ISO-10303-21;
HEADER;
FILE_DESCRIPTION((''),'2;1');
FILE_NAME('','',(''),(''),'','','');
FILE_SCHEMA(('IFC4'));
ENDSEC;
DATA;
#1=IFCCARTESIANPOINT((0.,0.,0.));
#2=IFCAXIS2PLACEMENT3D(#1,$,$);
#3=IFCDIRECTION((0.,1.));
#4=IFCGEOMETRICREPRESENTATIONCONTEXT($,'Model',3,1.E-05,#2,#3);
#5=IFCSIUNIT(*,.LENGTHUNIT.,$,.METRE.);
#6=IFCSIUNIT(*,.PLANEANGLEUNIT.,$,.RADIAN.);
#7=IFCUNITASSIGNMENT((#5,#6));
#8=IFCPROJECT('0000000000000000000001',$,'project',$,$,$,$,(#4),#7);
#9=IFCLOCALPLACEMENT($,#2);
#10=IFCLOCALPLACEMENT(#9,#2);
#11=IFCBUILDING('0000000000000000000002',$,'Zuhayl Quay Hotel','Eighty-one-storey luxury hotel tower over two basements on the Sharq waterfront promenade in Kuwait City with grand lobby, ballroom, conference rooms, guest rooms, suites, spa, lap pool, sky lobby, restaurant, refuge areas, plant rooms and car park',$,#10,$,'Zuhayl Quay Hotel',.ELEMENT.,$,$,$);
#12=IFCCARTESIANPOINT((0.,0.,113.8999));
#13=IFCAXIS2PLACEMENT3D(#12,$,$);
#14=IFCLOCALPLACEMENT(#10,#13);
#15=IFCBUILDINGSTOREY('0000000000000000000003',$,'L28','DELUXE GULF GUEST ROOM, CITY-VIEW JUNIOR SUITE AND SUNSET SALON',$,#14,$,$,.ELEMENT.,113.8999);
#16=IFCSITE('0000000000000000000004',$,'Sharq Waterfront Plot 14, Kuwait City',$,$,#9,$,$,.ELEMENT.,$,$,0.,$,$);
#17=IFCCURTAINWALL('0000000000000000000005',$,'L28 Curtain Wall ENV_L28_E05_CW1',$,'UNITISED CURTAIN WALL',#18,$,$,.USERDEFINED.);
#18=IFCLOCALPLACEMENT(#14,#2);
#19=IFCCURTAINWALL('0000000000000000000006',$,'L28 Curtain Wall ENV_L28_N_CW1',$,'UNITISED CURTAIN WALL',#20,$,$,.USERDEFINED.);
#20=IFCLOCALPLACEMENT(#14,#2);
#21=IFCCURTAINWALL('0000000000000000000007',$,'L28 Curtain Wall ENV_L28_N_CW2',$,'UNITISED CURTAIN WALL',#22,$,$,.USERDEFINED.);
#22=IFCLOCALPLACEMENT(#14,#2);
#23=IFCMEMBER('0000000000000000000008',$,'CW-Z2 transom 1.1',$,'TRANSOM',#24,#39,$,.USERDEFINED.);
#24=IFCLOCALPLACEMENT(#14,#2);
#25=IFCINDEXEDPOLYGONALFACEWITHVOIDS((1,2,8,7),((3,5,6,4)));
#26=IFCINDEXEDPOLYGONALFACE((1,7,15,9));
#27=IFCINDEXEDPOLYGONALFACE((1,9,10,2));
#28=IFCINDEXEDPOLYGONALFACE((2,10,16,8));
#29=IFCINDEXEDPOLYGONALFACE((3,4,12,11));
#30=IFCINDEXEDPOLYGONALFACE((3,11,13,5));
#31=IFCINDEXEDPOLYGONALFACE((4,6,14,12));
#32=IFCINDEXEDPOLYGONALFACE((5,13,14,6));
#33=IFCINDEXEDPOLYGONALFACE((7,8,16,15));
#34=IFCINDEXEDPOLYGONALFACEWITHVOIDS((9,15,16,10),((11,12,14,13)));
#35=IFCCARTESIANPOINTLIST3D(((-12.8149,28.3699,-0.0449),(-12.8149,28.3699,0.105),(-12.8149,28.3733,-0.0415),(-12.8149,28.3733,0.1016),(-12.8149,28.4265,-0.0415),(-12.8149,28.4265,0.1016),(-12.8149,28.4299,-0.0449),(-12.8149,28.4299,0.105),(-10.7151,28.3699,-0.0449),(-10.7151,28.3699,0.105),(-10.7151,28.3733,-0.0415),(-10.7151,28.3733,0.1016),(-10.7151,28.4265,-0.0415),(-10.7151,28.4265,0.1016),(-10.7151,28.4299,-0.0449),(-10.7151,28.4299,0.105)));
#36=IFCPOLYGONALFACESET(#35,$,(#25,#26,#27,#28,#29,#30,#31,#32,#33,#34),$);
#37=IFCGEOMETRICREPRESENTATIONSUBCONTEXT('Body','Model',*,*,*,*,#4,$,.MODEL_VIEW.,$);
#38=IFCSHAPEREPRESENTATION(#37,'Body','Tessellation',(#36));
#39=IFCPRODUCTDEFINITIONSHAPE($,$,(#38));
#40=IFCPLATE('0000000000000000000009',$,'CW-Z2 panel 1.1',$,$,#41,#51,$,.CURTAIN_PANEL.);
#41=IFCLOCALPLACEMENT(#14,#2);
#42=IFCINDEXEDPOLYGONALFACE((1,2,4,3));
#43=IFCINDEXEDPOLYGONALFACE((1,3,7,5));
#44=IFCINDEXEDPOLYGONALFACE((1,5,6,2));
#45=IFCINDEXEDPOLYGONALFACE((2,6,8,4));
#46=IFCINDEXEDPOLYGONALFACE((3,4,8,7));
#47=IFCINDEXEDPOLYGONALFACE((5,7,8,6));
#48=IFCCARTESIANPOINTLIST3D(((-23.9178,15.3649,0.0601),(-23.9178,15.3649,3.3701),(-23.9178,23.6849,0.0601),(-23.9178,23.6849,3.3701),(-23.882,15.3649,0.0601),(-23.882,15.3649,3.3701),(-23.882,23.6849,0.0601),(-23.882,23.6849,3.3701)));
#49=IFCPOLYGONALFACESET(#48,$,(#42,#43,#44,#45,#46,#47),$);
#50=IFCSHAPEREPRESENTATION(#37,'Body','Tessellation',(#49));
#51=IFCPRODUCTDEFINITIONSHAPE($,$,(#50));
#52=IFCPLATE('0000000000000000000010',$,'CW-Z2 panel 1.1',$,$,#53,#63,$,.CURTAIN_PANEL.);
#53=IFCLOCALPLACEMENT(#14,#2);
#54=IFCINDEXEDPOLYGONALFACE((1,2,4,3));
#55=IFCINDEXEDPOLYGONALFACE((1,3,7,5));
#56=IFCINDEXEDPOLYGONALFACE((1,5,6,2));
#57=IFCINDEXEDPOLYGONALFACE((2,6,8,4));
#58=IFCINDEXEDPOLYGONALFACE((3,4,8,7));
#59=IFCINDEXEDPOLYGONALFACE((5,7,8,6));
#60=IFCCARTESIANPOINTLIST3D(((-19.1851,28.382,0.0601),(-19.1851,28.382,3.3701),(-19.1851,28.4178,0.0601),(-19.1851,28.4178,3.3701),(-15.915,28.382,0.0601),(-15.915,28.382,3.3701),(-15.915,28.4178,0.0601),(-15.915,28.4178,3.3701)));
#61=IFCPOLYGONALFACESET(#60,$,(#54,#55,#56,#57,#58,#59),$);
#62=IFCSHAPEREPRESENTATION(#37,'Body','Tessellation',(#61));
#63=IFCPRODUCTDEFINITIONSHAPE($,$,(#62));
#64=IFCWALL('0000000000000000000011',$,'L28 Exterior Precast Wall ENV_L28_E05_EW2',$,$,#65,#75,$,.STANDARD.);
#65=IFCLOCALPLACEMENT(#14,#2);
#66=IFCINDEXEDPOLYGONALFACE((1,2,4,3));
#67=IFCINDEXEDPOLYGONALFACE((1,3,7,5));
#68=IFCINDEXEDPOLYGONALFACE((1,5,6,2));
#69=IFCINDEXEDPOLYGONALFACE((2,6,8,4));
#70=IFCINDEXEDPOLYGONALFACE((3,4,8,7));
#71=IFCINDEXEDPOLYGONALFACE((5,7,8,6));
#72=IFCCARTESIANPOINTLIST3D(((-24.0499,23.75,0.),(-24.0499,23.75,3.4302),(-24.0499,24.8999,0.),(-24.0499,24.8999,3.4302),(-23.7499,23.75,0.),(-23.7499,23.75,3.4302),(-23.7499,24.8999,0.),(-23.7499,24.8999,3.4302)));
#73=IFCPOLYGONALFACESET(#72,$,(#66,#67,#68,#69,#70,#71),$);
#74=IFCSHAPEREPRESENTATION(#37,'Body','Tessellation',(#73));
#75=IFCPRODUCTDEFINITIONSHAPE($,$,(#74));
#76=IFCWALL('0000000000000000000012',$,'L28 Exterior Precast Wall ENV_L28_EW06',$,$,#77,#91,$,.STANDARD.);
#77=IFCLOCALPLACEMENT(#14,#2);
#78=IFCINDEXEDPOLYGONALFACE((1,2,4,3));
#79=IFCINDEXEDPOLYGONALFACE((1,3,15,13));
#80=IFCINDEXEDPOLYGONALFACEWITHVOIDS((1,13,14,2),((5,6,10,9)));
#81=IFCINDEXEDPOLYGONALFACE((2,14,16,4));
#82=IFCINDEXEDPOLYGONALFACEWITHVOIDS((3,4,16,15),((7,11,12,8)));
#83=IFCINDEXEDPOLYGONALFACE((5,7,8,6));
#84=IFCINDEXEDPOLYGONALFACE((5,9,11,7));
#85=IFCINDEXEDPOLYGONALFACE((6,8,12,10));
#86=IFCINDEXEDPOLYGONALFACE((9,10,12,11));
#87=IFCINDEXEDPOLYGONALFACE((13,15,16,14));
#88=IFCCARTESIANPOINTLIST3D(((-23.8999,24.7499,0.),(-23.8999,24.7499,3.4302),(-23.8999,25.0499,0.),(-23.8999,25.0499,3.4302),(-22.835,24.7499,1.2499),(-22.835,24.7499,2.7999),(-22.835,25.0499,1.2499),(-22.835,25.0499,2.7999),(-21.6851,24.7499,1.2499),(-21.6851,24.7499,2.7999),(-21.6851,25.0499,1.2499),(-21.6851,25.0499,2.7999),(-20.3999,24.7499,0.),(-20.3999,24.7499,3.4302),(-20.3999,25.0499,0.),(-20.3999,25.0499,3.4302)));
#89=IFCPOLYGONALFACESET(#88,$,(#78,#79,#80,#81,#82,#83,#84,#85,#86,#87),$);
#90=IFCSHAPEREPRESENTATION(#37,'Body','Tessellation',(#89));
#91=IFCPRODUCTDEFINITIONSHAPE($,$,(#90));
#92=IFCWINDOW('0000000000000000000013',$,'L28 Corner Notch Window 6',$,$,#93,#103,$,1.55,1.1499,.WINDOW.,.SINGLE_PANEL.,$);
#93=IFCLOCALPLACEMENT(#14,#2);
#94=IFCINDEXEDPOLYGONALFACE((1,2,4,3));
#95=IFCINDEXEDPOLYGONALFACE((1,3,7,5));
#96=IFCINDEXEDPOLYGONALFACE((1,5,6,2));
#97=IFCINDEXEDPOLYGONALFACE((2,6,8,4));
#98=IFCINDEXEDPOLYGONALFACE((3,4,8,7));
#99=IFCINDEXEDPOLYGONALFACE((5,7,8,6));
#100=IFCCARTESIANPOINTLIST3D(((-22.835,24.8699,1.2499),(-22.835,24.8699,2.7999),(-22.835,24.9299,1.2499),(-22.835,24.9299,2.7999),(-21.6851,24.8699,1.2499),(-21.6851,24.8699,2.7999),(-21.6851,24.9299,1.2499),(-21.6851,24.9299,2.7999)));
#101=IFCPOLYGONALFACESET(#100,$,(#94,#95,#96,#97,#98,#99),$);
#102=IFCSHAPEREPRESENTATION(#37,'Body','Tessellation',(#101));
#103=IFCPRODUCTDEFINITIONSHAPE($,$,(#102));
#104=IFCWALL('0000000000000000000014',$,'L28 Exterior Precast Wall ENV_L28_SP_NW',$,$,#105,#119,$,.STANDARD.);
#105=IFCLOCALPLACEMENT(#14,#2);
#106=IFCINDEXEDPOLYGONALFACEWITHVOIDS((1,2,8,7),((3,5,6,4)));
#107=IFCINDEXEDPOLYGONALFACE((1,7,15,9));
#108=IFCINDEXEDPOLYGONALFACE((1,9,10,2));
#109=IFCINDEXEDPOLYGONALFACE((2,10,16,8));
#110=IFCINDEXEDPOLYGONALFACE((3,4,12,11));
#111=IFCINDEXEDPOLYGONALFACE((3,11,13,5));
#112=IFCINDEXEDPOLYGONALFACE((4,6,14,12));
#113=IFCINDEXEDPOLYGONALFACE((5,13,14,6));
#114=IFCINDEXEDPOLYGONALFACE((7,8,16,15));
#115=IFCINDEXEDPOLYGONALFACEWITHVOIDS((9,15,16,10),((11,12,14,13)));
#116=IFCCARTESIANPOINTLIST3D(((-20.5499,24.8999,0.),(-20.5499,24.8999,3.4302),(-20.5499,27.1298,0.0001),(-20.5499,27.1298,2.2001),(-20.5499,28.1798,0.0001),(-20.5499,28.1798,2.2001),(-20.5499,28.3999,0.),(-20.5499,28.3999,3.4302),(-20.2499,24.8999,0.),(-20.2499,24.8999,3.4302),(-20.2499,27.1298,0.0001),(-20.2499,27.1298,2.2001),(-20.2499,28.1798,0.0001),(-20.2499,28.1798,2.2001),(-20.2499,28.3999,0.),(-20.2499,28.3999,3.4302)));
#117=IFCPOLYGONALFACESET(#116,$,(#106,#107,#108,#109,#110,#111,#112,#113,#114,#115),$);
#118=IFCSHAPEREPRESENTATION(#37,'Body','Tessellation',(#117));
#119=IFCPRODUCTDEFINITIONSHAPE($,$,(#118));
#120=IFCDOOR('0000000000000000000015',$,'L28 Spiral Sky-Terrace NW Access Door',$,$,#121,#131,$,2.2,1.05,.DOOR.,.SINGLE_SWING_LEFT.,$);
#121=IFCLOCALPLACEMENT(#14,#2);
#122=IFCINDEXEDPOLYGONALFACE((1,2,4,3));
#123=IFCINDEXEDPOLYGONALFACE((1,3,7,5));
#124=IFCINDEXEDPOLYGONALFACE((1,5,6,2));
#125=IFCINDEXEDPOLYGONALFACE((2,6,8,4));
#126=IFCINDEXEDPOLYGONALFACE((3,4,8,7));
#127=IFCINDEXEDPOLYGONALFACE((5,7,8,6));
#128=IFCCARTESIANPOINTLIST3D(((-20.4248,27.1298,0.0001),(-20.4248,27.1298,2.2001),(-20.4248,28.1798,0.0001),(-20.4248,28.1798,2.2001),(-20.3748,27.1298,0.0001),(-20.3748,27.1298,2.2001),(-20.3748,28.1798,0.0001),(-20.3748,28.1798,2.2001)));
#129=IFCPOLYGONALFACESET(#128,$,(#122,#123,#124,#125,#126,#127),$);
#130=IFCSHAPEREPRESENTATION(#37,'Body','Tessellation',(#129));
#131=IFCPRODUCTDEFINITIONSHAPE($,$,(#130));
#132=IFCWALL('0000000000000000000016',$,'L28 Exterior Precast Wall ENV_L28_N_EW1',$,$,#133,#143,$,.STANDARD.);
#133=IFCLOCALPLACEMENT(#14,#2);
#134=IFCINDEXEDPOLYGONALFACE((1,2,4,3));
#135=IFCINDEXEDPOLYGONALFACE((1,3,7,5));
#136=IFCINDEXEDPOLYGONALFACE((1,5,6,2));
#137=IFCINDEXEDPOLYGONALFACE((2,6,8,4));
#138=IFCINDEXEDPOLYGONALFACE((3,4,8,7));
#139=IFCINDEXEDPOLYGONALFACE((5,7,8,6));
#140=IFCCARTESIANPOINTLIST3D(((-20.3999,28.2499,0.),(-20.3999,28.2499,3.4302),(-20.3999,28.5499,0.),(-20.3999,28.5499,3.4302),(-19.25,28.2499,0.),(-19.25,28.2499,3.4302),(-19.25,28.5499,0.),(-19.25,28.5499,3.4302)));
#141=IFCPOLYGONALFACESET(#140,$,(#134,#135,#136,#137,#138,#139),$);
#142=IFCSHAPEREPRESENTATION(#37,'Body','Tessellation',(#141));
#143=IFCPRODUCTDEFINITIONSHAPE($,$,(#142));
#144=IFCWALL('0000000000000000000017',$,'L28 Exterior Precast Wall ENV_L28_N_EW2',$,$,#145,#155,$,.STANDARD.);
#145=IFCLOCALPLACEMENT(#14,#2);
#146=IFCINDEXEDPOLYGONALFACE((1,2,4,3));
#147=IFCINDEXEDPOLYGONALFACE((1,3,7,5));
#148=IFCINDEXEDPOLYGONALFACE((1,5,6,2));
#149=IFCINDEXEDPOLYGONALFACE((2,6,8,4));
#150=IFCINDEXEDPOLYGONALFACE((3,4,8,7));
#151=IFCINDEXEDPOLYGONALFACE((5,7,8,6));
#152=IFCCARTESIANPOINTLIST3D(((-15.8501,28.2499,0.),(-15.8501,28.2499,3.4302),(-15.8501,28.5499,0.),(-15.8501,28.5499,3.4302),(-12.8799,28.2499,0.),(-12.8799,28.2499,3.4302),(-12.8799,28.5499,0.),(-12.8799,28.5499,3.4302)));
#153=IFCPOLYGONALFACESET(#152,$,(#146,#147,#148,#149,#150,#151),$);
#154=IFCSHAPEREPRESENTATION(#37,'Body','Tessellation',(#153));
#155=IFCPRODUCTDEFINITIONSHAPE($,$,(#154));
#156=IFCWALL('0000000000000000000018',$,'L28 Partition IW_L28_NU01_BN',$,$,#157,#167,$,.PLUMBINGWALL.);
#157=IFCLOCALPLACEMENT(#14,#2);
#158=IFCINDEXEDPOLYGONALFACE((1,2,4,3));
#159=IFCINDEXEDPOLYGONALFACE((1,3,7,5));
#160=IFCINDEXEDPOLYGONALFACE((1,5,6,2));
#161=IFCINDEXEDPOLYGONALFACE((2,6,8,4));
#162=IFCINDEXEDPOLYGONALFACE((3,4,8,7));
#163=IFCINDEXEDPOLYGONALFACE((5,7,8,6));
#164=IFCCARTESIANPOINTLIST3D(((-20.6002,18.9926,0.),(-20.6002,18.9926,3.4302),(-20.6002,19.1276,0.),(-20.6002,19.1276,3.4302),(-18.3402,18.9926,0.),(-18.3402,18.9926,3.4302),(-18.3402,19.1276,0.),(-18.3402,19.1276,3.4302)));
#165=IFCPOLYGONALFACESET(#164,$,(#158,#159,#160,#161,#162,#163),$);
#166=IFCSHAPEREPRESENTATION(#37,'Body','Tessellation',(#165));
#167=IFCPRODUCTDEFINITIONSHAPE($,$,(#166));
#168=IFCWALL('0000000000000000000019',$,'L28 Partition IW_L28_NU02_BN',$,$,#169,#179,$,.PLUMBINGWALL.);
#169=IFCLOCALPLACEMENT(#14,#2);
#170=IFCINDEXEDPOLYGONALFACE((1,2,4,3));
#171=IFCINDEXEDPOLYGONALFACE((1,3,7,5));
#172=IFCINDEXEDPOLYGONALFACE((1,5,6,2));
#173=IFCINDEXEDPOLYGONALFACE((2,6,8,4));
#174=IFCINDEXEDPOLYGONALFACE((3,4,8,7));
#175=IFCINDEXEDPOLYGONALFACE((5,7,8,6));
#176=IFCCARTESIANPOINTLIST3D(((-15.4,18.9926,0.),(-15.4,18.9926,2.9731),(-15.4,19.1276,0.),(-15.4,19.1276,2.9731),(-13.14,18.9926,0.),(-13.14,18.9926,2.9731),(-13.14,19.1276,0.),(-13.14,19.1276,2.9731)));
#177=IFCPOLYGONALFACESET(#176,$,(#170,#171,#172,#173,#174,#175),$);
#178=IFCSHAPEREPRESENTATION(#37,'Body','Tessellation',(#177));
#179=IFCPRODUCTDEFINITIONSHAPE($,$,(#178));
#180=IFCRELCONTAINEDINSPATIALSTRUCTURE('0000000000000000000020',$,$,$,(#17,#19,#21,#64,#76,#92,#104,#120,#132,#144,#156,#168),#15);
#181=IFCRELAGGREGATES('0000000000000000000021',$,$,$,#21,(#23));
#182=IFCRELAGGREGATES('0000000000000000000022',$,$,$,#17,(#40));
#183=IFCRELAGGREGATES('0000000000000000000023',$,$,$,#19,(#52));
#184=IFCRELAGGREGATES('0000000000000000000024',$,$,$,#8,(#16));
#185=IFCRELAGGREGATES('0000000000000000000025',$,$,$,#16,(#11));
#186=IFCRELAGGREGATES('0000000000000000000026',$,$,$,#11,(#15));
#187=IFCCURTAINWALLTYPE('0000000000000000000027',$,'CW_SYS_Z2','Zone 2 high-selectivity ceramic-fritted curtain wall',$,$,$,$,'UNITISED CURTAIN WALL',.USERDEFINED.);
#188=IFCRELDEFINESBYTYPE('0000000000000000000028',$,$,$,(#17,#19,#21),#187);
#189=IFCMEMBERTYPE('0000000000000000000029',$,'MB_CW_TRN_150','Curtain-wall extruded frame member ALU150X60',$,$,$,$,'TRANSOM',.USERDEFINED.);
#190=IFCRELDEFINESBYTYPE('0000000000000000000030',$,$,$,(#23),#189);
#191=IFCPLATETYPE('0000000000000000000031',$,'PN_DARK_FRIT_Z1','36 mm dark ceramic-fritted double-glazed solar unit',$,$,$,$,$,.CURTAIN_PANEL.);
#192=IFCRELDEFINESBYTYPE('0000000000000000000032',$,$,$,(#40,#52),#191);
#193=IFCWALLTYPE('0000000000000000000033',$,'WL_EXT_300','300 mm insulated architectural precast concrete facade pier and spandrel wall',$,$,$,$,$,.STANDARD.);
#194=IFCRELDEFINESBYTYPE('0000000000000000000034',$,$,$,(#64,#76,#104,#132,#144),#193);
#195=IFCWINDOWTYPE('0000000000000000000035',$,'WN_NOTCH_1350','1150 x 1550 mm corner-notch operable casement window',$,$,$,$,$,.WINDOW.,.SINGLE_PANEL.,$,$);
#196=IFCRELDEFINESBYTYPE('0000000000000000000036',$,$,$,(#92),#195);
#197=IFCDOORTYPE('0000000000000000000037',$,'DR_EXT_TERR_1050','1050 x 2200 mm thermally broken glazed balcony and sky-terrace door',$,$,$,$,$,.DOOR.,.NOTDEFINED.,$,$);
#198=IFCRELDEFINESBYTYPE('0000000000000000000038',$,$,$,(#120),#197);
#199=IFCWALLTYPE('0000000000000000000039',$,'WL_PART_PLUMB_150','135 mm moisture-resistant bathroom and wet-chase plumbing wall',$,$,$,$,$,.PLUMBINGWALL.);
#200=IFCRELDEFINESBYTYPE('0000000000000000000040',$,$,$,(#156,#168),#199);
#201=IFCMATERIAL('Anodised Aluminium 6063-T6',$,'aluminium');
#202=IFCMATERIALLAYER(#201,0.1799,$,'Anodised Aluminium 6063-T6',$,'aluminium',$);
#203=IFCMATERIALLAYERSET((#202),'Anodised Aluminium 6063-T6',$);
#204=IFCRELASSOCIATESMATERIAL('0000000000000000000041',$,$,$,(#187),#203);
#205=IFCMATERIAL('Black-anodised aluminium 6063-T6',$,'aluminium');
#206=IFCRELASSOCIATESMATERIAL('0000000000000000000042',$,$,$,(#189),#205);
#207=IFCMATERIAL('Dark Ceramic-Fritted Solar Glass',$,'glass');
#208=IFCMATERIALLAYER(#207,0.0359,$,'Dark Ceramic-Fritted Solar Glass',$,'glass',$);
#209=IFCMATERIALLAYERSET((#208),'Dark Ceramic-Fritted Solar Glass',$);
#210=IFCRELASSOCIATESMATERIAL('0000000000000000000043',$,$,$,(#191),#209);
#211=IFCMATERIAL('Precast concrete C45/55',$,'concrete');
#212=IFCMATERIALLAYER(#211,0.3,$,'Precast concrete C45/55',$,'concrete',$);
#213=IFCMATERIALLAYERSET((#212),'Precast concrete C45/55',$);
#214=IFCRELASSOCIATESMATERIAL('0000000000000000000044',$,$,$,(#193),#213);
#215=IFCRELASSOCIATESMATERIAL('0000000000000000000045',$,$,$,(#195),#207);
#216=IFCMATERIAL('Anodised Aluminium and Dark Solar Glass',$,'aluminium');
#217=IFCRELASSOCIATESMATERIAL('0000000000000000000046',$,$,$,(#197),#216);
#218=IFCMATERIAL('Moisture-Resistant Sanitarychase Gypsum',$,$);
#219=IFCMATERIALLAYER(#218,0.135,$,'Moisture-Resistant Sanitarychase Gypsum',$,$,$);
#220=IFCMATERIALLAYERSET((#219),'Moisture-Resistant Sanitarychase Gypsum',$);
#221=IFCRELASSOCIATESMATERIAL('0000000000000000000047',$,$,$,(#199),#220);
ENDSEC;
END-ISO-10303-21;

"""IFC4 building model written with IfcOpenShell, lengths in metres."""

from ifc_helpers import new_model, si_unit, direction, frame, frame_2d, origin, origin_2d, place, context, subcontext, project, spatial, rectangle, hollow_rectangle, extrude, material, layer, layer_set, material_profile, profile_set, type_object, element, fill, aggregate, save


model = new_model("IFC4")

# Units and contexts
model_context = context("Model", 3, precision=1e-05, world=origin(), true_north=direction((0.0, 1.0)))
body_context = subcontext(model_context, "Body", "Model", "MODEL_VIEW")
ifc_project = project(units=[si_unit("LENGTHUNIT", "METRE"), si_unit("PLANEANGLEUNIT", "RADIAN")], contexts=[model_context])

# Site, building, storey
site_placement = place(None, origin())
site = spatial("IfcSite", under=ifc_project, at=site_placement, Name="Sharq Waterfront Plot 14, Kuwait City", CompositionType="ELEMENT", RefElevation=0.0)
building_placement = place(site_placement, origin())
building = spatial("IfcBuilding", under=site, at=building_placement, Name="Zuhayl Quay Hotel", Description="Eighty-one-storey luxury hotel tower over two basements on the Sharq waterfront promenade in Kuwait City with grand lobby, ballroom, conference rooms, guest rooms, suites, spa, lap pool, sky lobby, restaurant, refuge areas, plant rooms and car park", LongName="Zuhayl Quay Hotel", CompositionType="ELEMENT")
storey_placement = place(building_placement, frame((0.0, 0.0, 113.8999)))
storey = spatial("IfcBuildingStorey", under=building, at=storey_placement, Name="L28", Description="DELUXE GULF GUEST ROOM, CITY-VIEW JUNIOR SUITE AND SUNSET SALON", CompositionType="ELEMENT", Elevation=113.8999)

# Curtain wall
ifc_material_1 = material(Name="Anodised Aluminium 6063-T6", Category="aluminium")
ifc_layer_1 = layer(ifc_material_1, 0.1799, Name="Anodised Aluminium 6063-T6", Category="aluminium")
ifc_layer_set_1 = layer_set([ifc_layer_1], Name="Anodised Aluminium 6063-T6")
curtain_wall_type = type_object("IfcCurtainWallType", Name="CW_SYS_Z2", Description="Zone 2 high-selectivity ceramic-fritted curtain wall", ElementType="UNITISED CURTAIN WALL", PredefinedType="USERDEFINED", material=ifc_layer_set_1)
curtain_wall_1_placement = place(storey_placement, origin())
curtain_wall_1 = element("IfcCurtainWall", 1, at=curtain_wall_1_placement, inside=storey, type_object=curtain_wall_type, Name="L28 Curtain Wall ENV_L28_E05_CW1", ObjectType="UNITISED CURTAIN WALL", PredefinedType="USERDEFINED")
ifc_material_2 = material(Name="Black-anodised aluminium 6063-T6", Category="aluminium")

# Curtain wall
curtain_wall_2_placement = place(storey_placement, origin())
curtain_wall_2 = element("IfcCurtainWall", 2, at=curtain_wall_2_placement, inside=storey, type_object=curtain_wall_type, Name="L28 Curtain Wall ENV_L28_N_CW1", ObjectType="UNITISED CURTAIN WALL", PredefinedType="USERDEFINED")

# Curtain wall
curtain_wall_3_placement = place(storey_placement, origin())
curtain_wall_3 = element("IfcCurtainWall", 3, at=curtain_wall_3_placement, inside=storey, type_object=curtain_wall_type, Name="L28 Curtain Wall ENV_L28_N_CW2", ObjectType="UNITISED CURTAIN WALL", PredefinedType="USERDEFINED")

# Member
ifc_material_profile_1 = material_profile(ifc_material_2, hollow_rectangle(XDim=0.0601, YDim=0.1499, WallThickness=0.0034, at=origin_2d()), Name="ALU150X60")
ifc_profile_set_1 = profile_set([ifc_material_profile_1], Name="Black-anodised aluminium 6063-T6")
member_type_1 = type_object("IfcMemberType", Name="MB_CW_TRN_150", Description="Curtain-wall extruded frame member ALU150X60", ElementType="TRANSOM", PredefinedType="USERDEFINED", material=ifc_profile_set_1)
member_1_placement = place(storey_placement, frame((-12.8149, 28.3999, 0.03), z_axis=(1.0, 0.0, 0.0), x_axis=(0.0, 1.0, 0.0)))
member_1 = element("IfcMember", 4, at=member_1_placement, type_object=member_type_1, Name="CW-Z2 transom 1.1", ObjectType="TRANSOM", PredefinedType="USERDEFINED", context=body_context, shape_type="SweptSolid", body=[
    extrude(hollow_rectangle(XDim=0.0601, YDim=0.1499, WallThickness=0.0034, at=origin_2d()), origin(), (0.0, 0.0, 1.0), 2.0999),
])
aggregate(curtain_wall_3, [member_1])

# Plates
ifc_material_3 = material(Name="Dark Ceramic-Fritted Solar Glass", Category="glass")
ifc_layer_2 = layer(ifc_material_3, 0.0359, Name="Dark Ceramic-Fritted Solar Glass", Category="glass")
ifc_layer_set_2 = layer_set([ifc_layer_2], Name="Dark Ceramic-Fritted Solar Glass")
plate_type = type_object("IfcPlateType", Name="PN_DARK_FRIT_Z1", Description="36 mm dark ceramic-fritted double-glazed solar unit", PredefinedType="CURTAIN_PANEL", material=ifc_layer_set_2)
plate_1_placement = place(storey_placement, frame((-23.8999, 19.5249, 0.0601), z_axis=(0.0, 0.0, 1.0), x_axis=(0.0, 1.0, 0.0)))
plate_1 = element("IfcPlate", 5, at=plate_1_placement, type_object=plate_type, Name="CW-Z2 panel 1.1", PredefinedType="CURTAIN_PANEL", context=body_context, shape_type="SweptSolid", body=[
    extrude(rectangle(XDim=8.3201, YDim=0.0359, at=origin_2d()), origin(), (0.0, 0.0, 1.0), 3.3101),
])
aggregate(curtain_wall_1, [plate_1])
plate_2_placement = place(storey_placement, frame((-17.55, 28.3999, 0.0601), z_axis=(0.0, 0.0, 1.0), x_axis=(1.0, 0.0, 0.0)))
plate_2 = element("IfcPlate", 6, at=plate_2_placement, type_object=plate_type, Name="CW-Z2 panel 1.1", PredefinedType="CURTAIN_PANEL", context=body_context, shape_type="SweptSolid", body=[
    extrude(rectangle(XDim=3.27, YDim=0.0359, at=origin_2d()), origin(), (0.0, 0.0, 1.0), 3.3101),
])
aggregate(curtain_wall_2, [plate_2])

# Wall
ifc_material_4 = material(Name="Precast concrete C45/55", Category="concrete")
ifc_layer_3 = layer(ifc_material_4, 0.3, Name="Precast concrete C45/55", Category="concrete")
ifc_layer_set_3 = layer_set([ifc_layer_3], Name="Precast concrete C45/55")
wall_type_1 = type_object("IfcWallType", Name="WL_EXT_300", Description="300 mm insulated architectural precast concrete facade pier and spandrel wall", PredefinedType="STANDARD", material=ifc_layer_set_3)
wall_1_placement = place(storey_placement, frame((-23.8999, 23.75, 0.0), z_axis=(0.0, 0.0, 1.0), x_axis=(0.0, 1.0, 0.0)))
element("IfcWall", 7, at=wall_1_placement, inside=storey, type_object=wall_type_1, Name="L28 Exterior Precast Wall ENV_L28_E05_EW2", PredefinedType="STANDARD", context=body_context, shape_type="SweptSolid", body=[
    extrude(rectangle(XDim=1.1499, YDim=0.3, at=frame_2d((0.575, 0.0))), origin(), (0.0, 0.0, 1.0), 3.4302),
])

# Wall, opening, window
wall_2_placement = place(storey_placement, frame((-23.8999, 24.8999, 0.0), z_axis=(0.0, 0.0, 1.0), x_axis=(1.0, 0.0, 0.0)))
wall_2 = element("IfcWall", 8, at=wall_2_placement, inside=storey, type_object=wall_type_1, Name="L28 Exterior Precast Wall ENV_L28_EW06", PredefinedType="STANDARD", context=body_context, shape_type="SweptSolid", body=[
    extrude(rectangle(XDim=3.5, YDim=0.3, at=frame_2d((1.75, 0.0))), origin(), (0.0, 0.0, 1.0), 3.4302),
])
opening_1_placement = place(wall_2_placement, frame((1.0649, 0.0, 1.25)))
opening_1 = element("IfcOpeningElement", 9, at=opening_1_placement, cuts=wall_2, PredefinedType="OPENING", context=body_context, shape_type="SweptSolid", body=[
    extrude(rectangle(XDim=1.1499, YDim=1.55, at=frame_2d((0.575, 0.7749))), frame((0.0, 0.1599, 0.0), z_axis=(0.0, -1.0, 0.0), x_axis=(1.0, 0.0, 0.0)), (0.0, 0.0, 1.0), 0.3201),
])
window_type = type_object("IfcWindowType", Name="WN_NOTCH_1350", Description="1150 x 1550 mm corner-notch operable casement window", PartitioningType="SINGLE_PANEL", PredefinedType="WINDOW", material=ifc_material_3)
window_placement = place(opening_1_placement, origin())
window = element("IfcWindow", 10, at=window_placement, inside=storey, type_object=window_type, Name="L28 Corner Notch Window 6", OverallHeight=1.55, OverallWidth=1.1499, PartitioningType="SINGLE_PANEL", PredefinedType="WINDOW", context=body_context, shape_type="SweptSolid", body=[
    extrude(rectangle(XDim=1.1499, YDim=1.55, at=frame_2d((0.575, 0.7749))), frame((0.0, 0.03, 0.0), z_axis=(0.0, -1.0, 0.0), x_axis=(1.0, 0.0, 0.0)), (0.0, 0.0, 1.0), 0.0601),
])
fill(opening_1, window)

# Wall, opening, door
wall_3_placement = place(storey_placement, frame((-20.3999, 24.8999, 0.0), z_axis=(0.0, 0.0, 1.0), x_axis=(0.0, 1.0, 0.0)))
wall_3 = element("IfcWall", 11, at=wall_3_placement, inside=storey, type_object=wall_type_1, Name="L28 Exterior Precast Wall ENV_L28_SP_NW", PredefinedType="STANDARD", context=body_context, shape_type="SweptSolid", body=[
    extrude(rectangle(XDim=3.5, YDim=0.3, at=frame_2d((1.75, 0.0))), origin(), (0.0, 0.0, 1.0), 3.4302),
])
opening_2_placement = place(wall_3_placement, frame((2.23, 0.0, 0.0)))
opening_2 = element("IfcOpeningElement", 12, at=opening_2_placement, cuts=wall_3, PredefinedType="OPENING", context=body_context, shape_type="SweptSolid", body=[
    extrude(rectangle(XDim=1.05, YDim=2.2, at=frame_2d((0.5249, 1.1001))), frame((0.0, 0.1599, 0.0), z_axis=(0.0, -1.0, 0.0), x_axis=(1.0, 0.0, 0.0)), (0.0, 0.0, 1.0), 0.3201),
])
ifc_material_5 = material(Name="Anodised Aluminium and Dark Solar Glass", Category="aluminium")
door_type = type_object("IfcDoorType", Name="DR_EXT_TERR_1050", Description="1050 x 2200 mm thermally broken glazed balcony and sky-terrace door", OperationType="NOTDEFINED", PredefinedType="DOOR", material=ifc_material_5)
door_placement = place(opening_2_placement, origin())
door = element("IfcDoor", 13, at=door_placement, inside=storey, type_object=door_type, Name="L28 Spiral Sky-Terrace NW Access Door", OperationType="SINGLE_SWING_LEFT", OverallHeight=2.2, OverallWidth=1.05, PredefinedType="DOOR", context=body_context, shape_type="SweptSolid", body=[
    extrude(rectangle(XDim=1.05, YDim=2.2, at=frame_2d((0.5249, 1.1001))), frame((0.0, 0.0249, 0.0), z_axis=(0.0, -1.0, 0.0), x_axis=(1.0, 0.0, 0.0)), (0.0, 0.0, 1.0), 0.05),
])
fill(opening_2, door)

# Walls
wall_4_placement = place(storey_placement, frame((-20.3999, 28.3999, 0.0), z_axis=(0.0, 0.0, 1.0), x_axis=(1.0, 0.0, 0.0)))
element("IfcWall", 14, at=wall_4_placement, inside=storey, type_object=wall_type_1, Name="L28 Exterior Precast Wall ENV_L28_N_EW1", PredefinedType="STANDARD", context=body_context, shape_type="SweptSolid", body=[
    extrude(rectangle(XDim=1.1499, YDim=0.3, at=frame_2d((0.575, 0.0))), origin(), (0.0, 0.0, 1.0), 3.4302),
])
wall_5_placement = place(storey_placement, frame((-15.8501, 28.3999, 0.0), z_axis=(0.0, 0.0, 1.0), x_axis=(1.0, 0.0, 0.0)))
element("IfcWall", 15, at=wall_5_placement, inside=storey, type_object=wall_type_1, Name="L28 Exterior Precast Wall ENV_L28_N_EW2", PredefinedType="STANDARD", context=body_context, shape_type="SweptSolid", body=[
    extrude(rectangle(XDim=2.9702, YDim=0.3, at=frame_2d((1.4851, 0.0))), origin(), (0.0, 0.0, 1.0), 3.4302),
])
ifc_material_6 = material(Name="Moisture-Resistant Sanitarychase Gypsum")
ifc_layer_4 = layer(ifc_material_6, 0.135, Name="Moisture-Resistant Sanitarychase Gypsum")
ifc_layer_set_4 = layer_set([ifc_layer_4], Name="Moisture-Resistant Sanitarychase Gypsum")
wall_type_2 = type_object("IfcWallType", Name="WL_PART_PLUMB_150", Description="135 mm moisture-resistant bathroom and wet-chase plumbing wall", PredefinedType="PLUMBINGWALL", material=ifc_layer_set_4)
wall_6_placement = place(storey_placement, frame((-20.6001, 19.0601, 0.0), z_axis=(0.0, 0.0, 1.0), x_axis=(1.0, 0.0, 0.0)))
element("IfcWall", 16, at=wall_6_placement, inside=storey, type_object=wall_type_2, Name="L28 Partition IW_L28_NU01_BN", PredefinedType="PLUMBINGWALL", context=body_context, shape_type="SweptSolid", body=[
    extrude(rectangle(XDim=2.26, YDim=0.135, at=frame_2d((1.1299, 0.0))), origin(), (0.0, 0.0, 1.0), 3.4302),
])
wall_7_placement = place(storey_placement, frame((-15.3999, 19.0601, 0.0), z_axis=(0.0, 0.0, 1.0), x_axis=(1.0, 0.0, 0.0)))
element("IfcWall", 17, at=wall_7_placement, inside=storey, type_object=wall_type_2, Name="L28 Partition IW_L28_NU02_BN", PredefinedType="PLUMBINGWALL", context=body_context, shape_type="SweptSolid", body=[
    extrude(rectangle(XDim=2.26, YDim=0.135, at=frame_2d((1.1299, 0.0))), origin(), (0.0, 0.0, 1.0), 2.9731),
])

save(model, "model.ifc")
